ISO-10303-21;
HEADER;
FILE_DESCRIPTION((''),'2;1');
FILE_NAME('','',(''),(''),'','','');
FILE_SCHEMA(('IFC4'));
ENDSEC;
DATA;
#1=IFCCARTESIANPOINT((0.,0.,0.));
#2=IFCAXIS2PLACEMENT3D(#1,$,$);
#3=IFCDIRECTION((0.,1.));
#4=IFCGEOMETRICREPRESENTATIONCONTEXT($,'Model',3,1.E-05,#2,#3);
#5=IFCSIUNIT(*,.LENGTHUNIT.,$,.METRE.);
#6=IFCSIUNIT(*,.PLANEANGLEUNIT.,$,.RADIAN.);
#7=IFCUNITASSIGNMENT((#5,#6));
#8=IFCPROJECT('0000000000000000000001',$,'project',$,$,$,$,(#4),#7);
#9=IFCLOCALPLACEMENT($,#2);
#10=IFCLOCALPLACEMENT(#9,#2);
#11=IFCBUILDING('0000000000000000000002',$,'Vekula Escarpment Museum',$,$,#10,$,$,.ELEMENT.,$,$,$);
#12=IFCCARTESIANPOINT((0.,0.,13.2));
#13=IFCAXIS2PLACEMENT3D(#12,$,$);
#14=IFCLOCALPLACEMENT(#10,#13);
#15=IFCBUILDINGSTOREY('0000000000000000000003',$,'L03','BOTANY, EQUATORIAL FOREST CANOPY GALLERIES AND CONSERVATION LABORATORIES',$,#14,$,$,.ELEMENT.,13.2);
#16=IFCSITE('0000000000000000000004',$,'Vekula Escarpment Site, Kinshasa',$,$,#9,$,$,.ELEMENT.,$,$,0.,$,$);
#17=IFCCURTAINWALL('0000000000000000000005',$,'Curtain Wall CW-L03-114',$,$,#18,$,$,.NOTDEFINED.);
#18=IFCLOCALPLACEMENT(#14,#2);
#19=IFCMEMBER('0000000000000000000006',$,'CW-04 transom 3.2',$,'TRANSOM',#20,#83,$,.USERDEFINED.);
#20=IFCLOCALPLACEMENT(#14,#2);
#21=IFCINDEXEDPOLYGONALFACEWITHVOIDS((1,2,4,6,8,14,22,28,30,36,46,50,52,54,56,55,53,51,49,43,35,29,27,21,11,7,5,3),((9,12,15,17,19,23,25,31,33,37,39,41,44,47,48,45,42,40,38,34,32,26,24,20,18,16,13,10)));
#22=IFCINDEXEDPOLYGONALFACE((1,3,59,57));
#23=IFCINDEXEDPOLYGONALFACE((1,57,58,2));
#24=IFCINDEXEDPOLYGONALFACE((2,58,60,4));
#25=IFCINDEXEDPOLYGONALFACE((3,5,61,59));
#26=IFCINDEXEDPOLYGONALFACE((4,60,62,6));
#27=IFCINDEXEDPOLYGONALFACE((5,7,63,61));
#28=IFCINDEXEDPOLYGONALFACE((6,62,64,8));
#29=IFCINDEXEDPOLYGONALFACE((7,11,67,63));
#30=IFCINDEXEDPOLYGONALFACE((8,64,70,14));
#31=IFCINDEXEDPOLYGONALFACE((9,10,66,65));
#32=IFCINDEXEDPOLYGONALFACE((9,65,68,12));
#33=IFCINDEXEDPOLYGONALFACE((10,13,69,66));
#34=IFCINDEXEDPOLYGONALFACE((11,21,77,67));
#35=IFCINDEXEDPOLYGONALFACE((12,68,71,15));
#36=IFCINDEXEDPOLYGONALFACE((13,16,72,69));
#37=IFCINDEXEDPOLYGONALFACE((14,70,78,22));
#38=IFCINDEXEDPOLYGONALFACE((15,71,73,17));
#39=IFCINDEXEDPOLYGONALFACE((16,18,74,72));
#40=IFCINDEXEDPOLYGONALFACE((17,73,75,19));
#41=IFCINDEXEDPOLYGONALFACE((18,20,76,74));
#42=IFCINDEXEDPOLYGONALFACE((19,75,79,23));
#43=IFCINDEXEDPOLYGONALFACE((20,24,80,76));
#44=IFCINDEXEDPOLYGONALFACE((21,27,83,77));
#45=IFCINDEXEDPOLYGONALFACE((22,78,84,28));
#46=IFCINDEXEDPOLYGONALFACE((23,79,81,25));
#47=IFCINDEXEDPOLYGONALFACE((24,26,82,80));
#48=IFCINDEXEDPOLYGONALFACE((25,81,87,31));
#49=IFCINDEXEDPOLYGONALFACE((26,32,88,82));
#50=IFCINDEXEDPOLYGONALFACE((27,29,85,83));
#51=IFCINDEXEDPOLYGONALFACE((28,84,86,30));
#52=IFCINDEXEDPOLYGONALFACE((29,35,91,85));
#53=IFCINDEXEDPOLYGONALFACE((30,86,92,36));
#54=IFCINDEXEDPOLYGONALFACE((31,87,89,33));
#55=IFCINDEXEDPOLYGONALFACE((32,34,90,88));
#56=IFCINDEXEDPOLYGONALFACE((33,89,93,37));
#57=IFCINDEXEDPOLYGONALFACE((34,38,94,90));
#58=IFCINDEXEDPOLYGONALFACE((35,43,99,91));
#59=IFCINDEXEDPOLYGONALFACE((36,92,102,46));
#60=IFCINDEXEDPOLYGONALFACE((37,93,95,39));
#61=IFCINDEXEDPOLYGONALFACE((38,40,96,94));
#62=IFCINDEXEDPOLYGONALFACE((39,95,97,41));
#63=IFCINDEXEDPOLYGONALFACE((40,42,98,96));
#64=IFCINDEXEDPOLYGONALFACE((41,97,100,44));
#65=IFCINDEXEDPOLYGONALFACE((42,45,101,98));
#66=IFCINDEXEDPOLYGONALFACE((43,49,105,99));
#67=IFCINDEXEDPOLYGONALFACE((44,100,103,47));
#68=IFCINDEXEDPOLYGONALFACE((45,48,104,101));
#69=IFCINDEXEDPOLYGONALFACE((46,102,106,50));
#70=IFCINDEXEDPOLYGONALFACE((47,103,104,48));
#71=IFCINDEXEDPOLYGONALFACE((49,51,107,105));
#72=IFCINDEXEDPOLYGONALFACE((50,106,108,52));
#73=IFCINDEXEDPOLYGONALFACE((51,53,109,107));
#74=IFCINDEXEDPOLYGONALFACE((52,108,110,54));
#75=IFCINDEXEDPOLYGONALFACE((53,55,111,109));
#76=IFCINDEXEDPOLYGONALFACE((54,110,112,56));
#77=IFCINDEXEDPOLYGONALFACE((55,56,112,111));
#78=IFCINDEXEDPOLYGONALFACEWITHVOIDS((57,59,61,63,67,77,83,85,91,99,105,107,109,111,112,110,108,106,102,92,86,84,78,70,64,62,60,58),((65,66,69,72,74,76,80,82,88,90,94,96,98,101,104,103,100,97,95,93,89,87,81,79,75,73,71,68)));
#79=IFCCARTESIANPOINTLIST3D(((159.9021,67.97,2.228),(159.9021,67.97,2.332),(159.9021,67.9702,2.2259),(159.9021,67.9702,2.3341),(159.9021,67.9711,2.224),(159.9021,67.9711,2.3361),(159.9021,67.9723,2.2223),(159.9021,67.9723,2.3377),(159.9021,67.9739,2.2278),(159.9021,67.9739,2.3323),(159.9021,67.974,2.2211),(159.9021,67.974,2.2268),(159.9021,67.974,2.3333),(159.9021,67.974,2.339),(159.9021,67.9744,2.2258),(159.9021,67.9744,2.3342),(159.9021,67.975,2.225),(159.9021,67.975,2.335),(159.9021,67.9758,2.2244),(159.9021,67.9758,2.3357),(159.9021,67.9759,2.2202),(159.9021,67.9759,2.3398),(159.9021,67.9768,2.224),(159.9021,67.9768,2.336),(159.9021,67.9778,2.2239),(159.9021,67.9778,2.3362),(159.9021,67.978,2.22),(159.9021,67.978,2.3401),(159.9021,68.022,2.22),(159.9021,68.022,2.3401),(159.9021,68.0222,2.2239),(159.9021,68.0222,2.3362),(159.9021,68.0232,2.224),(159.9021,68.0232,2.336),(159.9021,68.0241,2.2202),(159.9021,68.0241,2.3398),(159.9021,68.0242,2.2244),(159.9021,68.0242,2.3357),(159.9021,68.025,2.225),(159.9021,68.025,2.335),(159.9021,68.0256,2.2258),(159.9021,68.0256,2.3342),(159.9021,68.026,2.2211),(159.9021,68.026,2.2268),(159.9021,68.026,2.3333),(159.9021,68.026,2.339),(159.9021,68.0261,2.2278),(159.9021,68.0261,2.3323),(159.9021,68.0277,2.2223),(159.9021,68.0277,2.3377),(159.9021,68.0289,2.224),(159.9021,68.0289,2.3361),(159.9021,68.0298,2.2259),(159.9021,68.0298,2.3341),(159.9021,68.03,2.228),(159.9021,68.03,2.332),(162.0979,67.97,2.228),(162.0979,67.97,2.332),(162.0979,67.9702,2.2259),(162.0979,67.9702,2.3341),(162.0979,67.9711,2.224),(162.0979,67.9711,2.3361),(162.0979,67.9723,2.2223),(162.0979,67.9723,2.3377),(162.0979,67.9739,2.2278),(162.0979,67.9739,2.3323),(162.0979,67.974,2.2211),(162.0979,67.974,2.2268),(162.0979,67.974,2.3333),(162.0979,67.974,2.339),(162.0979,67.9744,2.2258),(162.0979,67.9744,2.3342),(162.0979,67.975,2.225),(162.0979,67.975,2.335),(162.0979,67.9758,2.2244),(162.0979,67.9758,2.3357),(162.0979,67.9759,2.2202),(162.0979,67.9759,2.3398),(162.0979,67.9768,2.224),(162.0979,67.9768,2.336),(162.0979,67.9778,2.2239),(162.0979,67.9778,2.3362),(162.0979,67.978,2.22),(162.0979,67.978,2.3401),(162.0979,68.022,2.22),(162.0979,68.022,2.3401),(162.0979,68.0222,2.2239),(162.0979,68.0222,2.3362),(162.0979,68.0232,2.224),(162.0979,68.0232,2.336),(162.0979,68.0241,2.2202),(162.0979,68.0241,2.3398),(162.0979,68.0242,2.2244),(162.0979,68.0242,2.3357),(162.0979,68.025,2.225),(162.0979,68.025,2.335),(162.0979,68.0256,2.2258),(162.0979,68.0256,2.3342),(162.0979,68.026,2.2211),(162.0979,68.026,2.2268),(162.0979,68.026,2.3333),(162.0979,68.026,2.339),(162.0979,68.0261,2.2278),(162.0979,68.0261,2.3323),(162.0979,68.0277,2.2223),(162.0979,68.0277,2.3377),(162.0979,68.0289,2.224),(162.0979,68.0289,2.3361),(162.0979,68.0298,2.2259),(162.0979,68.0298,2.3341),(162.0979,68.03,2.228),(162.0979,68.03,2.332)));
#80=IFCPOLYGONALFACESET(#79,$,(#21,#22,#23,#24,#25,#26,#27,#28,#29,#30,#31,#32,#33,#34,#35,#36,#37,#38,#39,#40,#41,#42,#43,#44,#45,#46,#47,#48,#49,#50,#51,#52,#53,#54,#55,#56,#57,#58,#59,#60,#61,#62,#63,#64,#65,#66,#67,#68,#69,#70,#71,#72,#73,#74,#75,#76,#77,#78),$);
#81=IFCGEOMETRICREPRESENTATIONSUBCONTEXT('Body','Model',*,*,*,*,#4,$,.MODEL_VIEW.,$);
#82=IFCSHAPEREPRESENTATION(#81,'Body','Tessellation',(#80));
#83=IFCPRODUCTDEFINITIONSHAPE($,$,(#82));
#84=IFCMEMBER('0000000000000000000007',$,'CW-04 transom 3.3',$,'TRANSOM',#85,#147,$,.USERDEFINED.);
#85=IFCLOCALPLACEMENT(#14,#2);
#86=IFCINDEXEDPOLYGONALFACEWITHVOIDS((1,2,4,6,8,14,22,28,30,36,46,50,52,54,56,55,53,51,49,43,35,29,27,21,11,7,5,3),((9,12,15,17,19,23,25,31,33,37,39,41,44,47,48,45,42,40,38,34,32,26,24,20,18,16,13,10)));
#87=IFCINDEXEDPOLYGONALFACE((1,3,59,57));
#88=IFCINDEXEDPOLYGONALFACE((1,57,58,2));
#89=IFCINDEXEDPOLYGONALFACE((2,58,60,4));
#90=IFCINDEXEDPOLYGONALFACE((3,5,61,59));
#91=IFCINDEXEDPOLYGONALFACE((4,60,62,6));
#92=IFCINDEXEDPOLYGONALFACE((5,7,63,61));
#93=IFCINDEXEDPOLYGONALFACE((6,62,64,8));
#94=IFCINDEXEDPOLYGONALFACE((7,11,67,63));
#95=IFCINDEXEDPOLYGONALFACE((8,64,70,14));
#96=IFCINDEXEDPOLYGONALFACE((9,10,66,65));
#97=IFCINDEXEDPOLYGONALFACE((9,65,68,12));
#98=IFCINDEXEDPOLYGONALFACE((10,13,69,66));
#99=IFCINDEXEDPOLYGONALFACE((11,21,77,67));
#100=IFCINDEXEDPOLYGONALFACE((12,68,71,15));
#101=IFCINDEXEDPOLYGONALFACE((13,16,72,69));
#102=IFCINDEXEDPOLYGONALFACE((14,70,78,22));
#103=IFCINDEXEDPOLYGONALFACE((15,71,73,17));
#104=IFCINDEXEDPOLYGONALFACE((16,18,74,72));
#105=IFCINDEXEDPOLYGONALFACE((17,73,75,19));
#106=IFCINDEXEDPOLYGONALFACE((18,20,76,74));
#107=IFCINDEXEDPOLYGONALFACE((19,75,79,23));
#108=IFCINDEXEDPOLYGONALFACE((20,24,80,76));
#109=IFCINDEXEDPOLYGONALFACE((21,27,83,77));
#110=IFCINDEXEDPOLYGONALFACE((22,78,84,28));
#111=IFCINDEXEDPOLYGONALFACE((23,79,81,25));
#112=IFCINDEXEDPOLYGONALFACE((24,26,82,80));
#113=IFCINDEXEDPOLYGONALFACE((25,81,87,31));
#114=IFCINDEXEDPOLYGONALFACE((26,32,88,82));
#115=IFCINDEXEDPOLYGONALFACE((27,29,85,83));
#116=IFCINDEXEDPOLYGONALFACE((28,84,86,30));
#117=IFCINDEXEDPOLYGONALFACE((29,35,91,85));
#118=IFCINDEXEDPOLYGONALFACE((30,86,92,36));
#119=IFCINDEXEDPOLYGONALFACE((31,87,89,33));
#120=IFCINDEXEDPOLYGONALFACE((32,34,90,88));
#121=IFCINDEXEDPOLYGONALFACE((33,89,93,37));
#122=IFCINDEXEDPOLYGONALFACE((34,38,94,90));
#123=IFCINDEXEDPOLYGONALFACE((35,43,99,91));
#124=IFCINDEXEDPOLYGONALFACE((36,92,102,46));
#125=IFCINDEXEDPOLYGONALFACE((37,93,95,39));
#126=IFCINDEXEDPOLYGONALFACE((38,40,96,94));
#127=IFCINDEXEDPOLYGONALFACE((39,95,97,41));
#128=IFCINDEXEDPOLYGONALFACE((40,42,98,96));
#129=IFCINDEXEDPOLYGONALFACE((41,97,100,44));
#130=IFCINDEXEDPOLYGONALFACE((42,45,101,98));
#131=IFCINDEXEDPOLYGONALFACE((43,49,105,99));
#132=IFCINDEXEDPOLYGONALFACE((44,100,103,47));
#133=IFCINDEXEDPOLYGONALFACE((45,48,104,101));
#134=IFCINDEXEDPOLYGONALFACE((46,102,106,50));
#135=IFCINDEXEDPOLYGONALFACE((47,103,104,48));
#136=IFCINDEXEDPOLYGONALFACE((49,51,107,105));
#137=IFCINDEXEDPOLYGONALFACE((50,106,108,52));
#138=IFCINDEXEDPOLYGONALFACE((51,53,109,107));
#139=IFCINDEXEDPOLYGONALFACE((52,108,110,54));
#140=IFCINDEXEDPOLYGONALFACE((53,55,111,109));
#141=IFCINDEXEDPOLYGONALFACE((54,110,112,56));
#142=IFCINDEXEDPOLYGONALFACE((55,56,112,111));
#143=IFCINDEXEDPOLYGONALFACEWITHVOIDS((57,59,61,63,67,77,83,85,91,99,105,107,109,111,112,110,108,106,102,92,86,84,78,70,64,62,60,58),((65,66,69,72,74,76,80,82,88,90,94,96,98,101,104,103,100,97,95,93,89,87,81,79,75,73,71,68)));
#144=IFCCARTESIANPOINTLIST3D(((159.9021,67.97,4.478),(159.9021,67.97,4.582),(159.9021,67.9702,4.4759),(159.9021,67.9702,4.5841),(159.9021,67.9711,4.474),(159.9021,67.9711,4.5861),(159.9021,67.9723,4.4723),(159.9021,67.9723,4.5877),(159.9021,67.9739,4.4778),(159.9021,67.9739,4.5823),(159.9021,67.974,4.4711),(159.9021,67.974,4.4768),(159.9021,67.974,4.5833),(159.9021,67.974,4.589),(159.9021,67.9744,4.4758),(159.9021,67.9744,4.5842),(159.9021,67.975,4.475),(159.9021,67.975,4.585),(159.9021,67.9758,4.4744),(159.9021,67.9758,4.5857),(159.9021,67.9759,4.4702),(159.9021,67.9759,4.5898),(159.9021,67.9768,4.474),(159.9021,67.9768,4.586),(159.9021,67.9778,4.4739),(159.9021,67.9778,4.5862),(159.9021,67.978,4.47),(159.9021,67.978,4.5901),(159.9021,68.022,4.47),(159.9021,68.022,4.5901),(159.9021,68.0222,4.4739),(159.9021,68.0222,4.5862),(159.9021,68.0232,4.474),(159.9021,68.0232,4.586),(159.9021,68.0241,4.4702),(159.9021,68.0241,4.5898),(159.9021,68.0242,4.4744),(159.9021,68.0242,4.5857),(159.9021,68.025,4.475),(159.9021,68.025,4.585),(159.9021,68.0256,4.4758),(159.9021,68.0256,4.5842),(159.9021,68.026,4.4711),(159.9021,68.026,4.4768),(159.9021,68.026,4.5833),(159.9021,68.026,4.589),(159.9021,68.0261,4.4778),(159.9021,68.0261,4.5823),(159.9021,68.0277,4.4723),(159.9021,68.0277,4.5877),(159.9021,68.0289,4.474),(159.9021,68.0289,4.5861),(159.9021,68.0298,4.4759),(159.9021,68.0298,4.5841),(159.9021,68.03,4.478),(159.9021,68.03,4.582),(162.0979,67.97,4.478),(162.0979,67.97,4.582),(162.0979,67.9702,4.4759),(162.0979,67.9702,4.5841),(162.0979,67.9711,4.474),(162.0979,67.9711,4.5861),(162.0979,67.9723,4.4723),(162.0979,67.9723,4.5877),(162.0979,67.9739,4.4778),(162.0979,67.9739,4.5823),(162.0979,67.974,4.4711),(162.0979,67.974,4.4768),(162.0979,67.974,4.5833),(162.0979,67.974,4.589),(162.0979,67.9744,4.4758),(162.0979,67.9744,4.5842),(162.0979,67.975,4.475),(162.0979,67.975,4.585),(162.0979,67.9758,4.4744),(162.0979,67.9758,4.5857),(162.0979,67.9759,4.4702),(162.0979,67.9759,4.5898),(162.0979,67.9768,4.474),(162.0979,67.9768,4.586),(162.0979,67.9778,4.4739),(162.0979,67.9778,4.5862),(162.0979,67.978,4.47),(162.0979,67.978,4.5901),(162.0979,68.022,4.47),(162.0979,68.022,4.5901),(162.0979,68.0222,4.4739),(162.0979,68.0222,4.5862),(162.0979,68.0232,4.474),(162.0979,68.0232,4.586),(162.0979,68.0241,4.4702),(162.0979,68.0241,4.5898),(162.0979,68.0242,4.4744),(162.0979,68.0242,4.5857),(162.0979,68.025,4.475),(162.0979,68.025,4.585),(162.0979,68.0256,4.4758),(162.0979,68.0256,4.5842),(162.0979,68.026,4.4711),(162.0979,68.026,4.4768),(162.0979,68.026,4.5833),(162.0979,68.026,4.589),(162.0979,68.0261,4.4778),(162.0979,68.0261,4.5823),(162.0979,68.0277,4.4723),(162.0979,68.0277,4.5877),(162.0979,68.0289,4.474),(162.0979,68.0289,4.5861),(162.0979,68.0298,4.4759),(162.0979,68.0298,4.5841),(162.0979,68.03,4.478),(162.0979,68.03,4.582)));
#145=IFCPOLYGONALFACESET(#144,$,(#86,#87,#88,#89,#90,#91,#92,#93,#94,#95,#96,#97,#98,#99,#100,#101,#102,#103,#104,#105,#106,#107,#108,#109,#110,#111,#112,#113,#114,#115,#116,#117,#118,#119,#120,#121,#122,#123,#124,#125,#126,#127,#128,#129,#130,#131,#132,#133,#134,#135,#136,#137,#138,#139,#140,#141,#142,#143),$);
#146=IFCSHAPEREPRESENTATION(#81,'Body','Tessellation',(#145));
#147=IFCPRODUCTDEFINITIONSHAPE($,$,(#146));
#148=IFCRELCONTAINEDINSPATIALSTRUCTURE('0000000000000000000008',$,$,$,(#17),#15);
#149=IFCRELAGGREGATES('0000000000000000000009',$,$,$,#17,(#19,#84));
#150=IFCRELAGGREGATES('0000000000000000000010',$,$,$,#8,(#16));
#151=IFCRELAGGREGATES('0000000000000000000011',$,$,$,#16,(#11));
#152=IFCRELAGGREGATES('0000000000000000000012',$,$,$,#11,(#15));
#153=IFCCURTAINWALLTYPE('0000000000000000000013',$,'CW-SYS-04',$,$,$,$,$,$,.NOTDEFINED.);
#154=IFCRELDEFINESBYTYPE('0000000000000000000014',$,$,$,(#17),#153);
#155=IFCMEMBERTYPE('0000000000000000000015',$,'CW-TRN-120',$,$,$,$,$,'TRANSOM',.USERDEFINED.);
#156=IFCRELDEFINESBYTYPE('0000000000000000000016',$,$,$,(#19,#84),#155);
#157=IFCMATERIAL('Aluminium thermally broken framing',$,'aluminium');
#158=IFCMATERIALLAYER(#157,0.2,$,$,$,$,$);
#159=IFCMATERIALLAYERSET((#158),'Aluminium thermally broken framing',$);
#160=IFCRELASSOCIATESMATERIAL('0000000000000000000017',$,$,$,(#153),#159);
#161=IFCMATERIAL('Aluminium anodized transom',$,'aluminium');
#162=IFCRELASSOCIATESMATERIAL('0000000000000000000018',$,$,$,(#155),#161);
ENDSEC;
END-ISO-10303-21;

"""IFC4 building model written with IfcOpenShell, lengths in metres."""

from ifc_helpers import new_model, si_unit, direction, frame, origin, origin_2d, place, context, subcontext, project, spatial, hollow_rectangle, extrude, material, layer, layer_set, material_profile, profile_set, type_object, element, aggregate, save


model = new_model("IFC4")

# Units and contexts
model_context = context("Model", 3, precision=1e-05, world=origin(), true_north=direction((0.0, 1.0)))
body_context = subcontext(model_context, "Body", "Model", "MODEL_VIEW")
ifc_project = project(units=[si_unit("LENGTHUNIT", "METRE"), si_unit("PLANEANGLEUNIT", "RADIAN")], contexts=[model_context])

# Site, building, storey
site_placement = place(None, origin())
site = spatial("IfcSite", under=ifc_project, at=site_placement, Name="Vekula Escarpment Site, Kinshasa", CompositionType="ELEMENT", RefElevation=0.0)
building_placement = place(site_placement, origin())
building = spatial("IfcBuilding", under=site, at=building_placement, Name="Vekula Escarpment Museum", CompositionType="ELEMENT")
storey_placement = place(building_placement, frame((0.0, 0.0, 13.2)))
storey = spatial("IfcBuildingStorey", under=building, at=storey_placement, Name="L03", Description="BOTANY, EQUATORIAL FOREST CANOPY GALLERIES AND CONSERVATION LABORATORIES", CompositionType="ELEMENT", Elevation=13.2)

# Curtain wall, members
ifc_material_1 = material(Name="Aluminium thermally broken framing", Category="aluminium")
ifc_layer_1 = layer(ifc_material_1, 0.2)
ifc_layer_set_1 = layer_set([ifc_layer_1], Name="Aluminium thermally broken framing")
curtain_wall_type = type_object("IfcCurtainWallType", Name="CW-SYS-04", PredefinedType="NOTDEFINED", material=ifc_layer_set_1)
curtain_wall_placement = place(storey_placement, origin())
curtain_wall = element("IfcCurtainWall", 1, at=curtain_wall_placement, inside=storey, type_object=curtain_wall_type, Name="Curtain Wall CW-L03-114", PredefinedType="NOTDEFINED")
ifc_material_2 = material(Name="Aluminium anodized transom", Category="aluminium")
ifc_material_profile_1 = material_profile(ifc_material_2, hollow_rectangle(XDim=0.0601, YDim=0.1201, WallThickness=0.0039, InnerFilletRadius=0.0039, OuterFilletRadius=0.0081, at=origin_2d()), Name="ALU 120x60x4")
ifc_profile_set_1 = profile_set([ifc_material_profile_1], Name="Aluminium anodized transom")
member_type_1 = type_object("IfcMemberType", Name="CW-TRN-120", ElementType="TRANSOM", PredefinedType="USERDEFINED", material=ifc_profile_set_1)
member_1_placement = place(storey_placement, frame((159.9021, 68.0, 2.28), z_axis=(1.0, 0.0, 0.0), x_axis=(0.0, 1.0, 0.0)))
member_1 = element("IfcMember", 2, at=member_1_placement, type_object=member_type_1, Name="CW-04 transom 3.2", ObjectType="TRANSOM", PredefinedType="USERDEFINED", context=body_context, shape_type="SweptSolid", body=[
    extrude(hollow_rectangle(XDim=0.0601, YDim=0.1201, WallThickness=0.0039, InnerFilletRadius=0.0039, OuterFilletRadius=0.0081, at=origin_2d()), origin(), (0.0, 0.0, 1.0), 2.1958),
])
member_2_placement = place(storey_placement, frame((159.9021, 68.0, 4.53), z_axis=(1.0, 0.0, 0.0), x_axis=(0.0, 1.0, 0.0)))
member_2 = element("IfcMember", 3, at=member_2_placement, type_object=member_type_1, Name="CW-04 transom 3.3", ObjectType="TRANSOM", PredefinedType="USERDEFINED", context=body_context, shape_type="SweptSolid", body=[
    extrude(hollow_rectangle(XDim=0.0601, YDim=0.1201, WallThickness=0.0039, InnerFilletRadius=0.0039, OuterFilletRadius=0.0081, at=origin_2d()), origin(), (0.0, 0.0, 1.0), 2.1958),
])
aggregate(curtain_wall, [member_1, member_2])

save(model, "model.ifc")
